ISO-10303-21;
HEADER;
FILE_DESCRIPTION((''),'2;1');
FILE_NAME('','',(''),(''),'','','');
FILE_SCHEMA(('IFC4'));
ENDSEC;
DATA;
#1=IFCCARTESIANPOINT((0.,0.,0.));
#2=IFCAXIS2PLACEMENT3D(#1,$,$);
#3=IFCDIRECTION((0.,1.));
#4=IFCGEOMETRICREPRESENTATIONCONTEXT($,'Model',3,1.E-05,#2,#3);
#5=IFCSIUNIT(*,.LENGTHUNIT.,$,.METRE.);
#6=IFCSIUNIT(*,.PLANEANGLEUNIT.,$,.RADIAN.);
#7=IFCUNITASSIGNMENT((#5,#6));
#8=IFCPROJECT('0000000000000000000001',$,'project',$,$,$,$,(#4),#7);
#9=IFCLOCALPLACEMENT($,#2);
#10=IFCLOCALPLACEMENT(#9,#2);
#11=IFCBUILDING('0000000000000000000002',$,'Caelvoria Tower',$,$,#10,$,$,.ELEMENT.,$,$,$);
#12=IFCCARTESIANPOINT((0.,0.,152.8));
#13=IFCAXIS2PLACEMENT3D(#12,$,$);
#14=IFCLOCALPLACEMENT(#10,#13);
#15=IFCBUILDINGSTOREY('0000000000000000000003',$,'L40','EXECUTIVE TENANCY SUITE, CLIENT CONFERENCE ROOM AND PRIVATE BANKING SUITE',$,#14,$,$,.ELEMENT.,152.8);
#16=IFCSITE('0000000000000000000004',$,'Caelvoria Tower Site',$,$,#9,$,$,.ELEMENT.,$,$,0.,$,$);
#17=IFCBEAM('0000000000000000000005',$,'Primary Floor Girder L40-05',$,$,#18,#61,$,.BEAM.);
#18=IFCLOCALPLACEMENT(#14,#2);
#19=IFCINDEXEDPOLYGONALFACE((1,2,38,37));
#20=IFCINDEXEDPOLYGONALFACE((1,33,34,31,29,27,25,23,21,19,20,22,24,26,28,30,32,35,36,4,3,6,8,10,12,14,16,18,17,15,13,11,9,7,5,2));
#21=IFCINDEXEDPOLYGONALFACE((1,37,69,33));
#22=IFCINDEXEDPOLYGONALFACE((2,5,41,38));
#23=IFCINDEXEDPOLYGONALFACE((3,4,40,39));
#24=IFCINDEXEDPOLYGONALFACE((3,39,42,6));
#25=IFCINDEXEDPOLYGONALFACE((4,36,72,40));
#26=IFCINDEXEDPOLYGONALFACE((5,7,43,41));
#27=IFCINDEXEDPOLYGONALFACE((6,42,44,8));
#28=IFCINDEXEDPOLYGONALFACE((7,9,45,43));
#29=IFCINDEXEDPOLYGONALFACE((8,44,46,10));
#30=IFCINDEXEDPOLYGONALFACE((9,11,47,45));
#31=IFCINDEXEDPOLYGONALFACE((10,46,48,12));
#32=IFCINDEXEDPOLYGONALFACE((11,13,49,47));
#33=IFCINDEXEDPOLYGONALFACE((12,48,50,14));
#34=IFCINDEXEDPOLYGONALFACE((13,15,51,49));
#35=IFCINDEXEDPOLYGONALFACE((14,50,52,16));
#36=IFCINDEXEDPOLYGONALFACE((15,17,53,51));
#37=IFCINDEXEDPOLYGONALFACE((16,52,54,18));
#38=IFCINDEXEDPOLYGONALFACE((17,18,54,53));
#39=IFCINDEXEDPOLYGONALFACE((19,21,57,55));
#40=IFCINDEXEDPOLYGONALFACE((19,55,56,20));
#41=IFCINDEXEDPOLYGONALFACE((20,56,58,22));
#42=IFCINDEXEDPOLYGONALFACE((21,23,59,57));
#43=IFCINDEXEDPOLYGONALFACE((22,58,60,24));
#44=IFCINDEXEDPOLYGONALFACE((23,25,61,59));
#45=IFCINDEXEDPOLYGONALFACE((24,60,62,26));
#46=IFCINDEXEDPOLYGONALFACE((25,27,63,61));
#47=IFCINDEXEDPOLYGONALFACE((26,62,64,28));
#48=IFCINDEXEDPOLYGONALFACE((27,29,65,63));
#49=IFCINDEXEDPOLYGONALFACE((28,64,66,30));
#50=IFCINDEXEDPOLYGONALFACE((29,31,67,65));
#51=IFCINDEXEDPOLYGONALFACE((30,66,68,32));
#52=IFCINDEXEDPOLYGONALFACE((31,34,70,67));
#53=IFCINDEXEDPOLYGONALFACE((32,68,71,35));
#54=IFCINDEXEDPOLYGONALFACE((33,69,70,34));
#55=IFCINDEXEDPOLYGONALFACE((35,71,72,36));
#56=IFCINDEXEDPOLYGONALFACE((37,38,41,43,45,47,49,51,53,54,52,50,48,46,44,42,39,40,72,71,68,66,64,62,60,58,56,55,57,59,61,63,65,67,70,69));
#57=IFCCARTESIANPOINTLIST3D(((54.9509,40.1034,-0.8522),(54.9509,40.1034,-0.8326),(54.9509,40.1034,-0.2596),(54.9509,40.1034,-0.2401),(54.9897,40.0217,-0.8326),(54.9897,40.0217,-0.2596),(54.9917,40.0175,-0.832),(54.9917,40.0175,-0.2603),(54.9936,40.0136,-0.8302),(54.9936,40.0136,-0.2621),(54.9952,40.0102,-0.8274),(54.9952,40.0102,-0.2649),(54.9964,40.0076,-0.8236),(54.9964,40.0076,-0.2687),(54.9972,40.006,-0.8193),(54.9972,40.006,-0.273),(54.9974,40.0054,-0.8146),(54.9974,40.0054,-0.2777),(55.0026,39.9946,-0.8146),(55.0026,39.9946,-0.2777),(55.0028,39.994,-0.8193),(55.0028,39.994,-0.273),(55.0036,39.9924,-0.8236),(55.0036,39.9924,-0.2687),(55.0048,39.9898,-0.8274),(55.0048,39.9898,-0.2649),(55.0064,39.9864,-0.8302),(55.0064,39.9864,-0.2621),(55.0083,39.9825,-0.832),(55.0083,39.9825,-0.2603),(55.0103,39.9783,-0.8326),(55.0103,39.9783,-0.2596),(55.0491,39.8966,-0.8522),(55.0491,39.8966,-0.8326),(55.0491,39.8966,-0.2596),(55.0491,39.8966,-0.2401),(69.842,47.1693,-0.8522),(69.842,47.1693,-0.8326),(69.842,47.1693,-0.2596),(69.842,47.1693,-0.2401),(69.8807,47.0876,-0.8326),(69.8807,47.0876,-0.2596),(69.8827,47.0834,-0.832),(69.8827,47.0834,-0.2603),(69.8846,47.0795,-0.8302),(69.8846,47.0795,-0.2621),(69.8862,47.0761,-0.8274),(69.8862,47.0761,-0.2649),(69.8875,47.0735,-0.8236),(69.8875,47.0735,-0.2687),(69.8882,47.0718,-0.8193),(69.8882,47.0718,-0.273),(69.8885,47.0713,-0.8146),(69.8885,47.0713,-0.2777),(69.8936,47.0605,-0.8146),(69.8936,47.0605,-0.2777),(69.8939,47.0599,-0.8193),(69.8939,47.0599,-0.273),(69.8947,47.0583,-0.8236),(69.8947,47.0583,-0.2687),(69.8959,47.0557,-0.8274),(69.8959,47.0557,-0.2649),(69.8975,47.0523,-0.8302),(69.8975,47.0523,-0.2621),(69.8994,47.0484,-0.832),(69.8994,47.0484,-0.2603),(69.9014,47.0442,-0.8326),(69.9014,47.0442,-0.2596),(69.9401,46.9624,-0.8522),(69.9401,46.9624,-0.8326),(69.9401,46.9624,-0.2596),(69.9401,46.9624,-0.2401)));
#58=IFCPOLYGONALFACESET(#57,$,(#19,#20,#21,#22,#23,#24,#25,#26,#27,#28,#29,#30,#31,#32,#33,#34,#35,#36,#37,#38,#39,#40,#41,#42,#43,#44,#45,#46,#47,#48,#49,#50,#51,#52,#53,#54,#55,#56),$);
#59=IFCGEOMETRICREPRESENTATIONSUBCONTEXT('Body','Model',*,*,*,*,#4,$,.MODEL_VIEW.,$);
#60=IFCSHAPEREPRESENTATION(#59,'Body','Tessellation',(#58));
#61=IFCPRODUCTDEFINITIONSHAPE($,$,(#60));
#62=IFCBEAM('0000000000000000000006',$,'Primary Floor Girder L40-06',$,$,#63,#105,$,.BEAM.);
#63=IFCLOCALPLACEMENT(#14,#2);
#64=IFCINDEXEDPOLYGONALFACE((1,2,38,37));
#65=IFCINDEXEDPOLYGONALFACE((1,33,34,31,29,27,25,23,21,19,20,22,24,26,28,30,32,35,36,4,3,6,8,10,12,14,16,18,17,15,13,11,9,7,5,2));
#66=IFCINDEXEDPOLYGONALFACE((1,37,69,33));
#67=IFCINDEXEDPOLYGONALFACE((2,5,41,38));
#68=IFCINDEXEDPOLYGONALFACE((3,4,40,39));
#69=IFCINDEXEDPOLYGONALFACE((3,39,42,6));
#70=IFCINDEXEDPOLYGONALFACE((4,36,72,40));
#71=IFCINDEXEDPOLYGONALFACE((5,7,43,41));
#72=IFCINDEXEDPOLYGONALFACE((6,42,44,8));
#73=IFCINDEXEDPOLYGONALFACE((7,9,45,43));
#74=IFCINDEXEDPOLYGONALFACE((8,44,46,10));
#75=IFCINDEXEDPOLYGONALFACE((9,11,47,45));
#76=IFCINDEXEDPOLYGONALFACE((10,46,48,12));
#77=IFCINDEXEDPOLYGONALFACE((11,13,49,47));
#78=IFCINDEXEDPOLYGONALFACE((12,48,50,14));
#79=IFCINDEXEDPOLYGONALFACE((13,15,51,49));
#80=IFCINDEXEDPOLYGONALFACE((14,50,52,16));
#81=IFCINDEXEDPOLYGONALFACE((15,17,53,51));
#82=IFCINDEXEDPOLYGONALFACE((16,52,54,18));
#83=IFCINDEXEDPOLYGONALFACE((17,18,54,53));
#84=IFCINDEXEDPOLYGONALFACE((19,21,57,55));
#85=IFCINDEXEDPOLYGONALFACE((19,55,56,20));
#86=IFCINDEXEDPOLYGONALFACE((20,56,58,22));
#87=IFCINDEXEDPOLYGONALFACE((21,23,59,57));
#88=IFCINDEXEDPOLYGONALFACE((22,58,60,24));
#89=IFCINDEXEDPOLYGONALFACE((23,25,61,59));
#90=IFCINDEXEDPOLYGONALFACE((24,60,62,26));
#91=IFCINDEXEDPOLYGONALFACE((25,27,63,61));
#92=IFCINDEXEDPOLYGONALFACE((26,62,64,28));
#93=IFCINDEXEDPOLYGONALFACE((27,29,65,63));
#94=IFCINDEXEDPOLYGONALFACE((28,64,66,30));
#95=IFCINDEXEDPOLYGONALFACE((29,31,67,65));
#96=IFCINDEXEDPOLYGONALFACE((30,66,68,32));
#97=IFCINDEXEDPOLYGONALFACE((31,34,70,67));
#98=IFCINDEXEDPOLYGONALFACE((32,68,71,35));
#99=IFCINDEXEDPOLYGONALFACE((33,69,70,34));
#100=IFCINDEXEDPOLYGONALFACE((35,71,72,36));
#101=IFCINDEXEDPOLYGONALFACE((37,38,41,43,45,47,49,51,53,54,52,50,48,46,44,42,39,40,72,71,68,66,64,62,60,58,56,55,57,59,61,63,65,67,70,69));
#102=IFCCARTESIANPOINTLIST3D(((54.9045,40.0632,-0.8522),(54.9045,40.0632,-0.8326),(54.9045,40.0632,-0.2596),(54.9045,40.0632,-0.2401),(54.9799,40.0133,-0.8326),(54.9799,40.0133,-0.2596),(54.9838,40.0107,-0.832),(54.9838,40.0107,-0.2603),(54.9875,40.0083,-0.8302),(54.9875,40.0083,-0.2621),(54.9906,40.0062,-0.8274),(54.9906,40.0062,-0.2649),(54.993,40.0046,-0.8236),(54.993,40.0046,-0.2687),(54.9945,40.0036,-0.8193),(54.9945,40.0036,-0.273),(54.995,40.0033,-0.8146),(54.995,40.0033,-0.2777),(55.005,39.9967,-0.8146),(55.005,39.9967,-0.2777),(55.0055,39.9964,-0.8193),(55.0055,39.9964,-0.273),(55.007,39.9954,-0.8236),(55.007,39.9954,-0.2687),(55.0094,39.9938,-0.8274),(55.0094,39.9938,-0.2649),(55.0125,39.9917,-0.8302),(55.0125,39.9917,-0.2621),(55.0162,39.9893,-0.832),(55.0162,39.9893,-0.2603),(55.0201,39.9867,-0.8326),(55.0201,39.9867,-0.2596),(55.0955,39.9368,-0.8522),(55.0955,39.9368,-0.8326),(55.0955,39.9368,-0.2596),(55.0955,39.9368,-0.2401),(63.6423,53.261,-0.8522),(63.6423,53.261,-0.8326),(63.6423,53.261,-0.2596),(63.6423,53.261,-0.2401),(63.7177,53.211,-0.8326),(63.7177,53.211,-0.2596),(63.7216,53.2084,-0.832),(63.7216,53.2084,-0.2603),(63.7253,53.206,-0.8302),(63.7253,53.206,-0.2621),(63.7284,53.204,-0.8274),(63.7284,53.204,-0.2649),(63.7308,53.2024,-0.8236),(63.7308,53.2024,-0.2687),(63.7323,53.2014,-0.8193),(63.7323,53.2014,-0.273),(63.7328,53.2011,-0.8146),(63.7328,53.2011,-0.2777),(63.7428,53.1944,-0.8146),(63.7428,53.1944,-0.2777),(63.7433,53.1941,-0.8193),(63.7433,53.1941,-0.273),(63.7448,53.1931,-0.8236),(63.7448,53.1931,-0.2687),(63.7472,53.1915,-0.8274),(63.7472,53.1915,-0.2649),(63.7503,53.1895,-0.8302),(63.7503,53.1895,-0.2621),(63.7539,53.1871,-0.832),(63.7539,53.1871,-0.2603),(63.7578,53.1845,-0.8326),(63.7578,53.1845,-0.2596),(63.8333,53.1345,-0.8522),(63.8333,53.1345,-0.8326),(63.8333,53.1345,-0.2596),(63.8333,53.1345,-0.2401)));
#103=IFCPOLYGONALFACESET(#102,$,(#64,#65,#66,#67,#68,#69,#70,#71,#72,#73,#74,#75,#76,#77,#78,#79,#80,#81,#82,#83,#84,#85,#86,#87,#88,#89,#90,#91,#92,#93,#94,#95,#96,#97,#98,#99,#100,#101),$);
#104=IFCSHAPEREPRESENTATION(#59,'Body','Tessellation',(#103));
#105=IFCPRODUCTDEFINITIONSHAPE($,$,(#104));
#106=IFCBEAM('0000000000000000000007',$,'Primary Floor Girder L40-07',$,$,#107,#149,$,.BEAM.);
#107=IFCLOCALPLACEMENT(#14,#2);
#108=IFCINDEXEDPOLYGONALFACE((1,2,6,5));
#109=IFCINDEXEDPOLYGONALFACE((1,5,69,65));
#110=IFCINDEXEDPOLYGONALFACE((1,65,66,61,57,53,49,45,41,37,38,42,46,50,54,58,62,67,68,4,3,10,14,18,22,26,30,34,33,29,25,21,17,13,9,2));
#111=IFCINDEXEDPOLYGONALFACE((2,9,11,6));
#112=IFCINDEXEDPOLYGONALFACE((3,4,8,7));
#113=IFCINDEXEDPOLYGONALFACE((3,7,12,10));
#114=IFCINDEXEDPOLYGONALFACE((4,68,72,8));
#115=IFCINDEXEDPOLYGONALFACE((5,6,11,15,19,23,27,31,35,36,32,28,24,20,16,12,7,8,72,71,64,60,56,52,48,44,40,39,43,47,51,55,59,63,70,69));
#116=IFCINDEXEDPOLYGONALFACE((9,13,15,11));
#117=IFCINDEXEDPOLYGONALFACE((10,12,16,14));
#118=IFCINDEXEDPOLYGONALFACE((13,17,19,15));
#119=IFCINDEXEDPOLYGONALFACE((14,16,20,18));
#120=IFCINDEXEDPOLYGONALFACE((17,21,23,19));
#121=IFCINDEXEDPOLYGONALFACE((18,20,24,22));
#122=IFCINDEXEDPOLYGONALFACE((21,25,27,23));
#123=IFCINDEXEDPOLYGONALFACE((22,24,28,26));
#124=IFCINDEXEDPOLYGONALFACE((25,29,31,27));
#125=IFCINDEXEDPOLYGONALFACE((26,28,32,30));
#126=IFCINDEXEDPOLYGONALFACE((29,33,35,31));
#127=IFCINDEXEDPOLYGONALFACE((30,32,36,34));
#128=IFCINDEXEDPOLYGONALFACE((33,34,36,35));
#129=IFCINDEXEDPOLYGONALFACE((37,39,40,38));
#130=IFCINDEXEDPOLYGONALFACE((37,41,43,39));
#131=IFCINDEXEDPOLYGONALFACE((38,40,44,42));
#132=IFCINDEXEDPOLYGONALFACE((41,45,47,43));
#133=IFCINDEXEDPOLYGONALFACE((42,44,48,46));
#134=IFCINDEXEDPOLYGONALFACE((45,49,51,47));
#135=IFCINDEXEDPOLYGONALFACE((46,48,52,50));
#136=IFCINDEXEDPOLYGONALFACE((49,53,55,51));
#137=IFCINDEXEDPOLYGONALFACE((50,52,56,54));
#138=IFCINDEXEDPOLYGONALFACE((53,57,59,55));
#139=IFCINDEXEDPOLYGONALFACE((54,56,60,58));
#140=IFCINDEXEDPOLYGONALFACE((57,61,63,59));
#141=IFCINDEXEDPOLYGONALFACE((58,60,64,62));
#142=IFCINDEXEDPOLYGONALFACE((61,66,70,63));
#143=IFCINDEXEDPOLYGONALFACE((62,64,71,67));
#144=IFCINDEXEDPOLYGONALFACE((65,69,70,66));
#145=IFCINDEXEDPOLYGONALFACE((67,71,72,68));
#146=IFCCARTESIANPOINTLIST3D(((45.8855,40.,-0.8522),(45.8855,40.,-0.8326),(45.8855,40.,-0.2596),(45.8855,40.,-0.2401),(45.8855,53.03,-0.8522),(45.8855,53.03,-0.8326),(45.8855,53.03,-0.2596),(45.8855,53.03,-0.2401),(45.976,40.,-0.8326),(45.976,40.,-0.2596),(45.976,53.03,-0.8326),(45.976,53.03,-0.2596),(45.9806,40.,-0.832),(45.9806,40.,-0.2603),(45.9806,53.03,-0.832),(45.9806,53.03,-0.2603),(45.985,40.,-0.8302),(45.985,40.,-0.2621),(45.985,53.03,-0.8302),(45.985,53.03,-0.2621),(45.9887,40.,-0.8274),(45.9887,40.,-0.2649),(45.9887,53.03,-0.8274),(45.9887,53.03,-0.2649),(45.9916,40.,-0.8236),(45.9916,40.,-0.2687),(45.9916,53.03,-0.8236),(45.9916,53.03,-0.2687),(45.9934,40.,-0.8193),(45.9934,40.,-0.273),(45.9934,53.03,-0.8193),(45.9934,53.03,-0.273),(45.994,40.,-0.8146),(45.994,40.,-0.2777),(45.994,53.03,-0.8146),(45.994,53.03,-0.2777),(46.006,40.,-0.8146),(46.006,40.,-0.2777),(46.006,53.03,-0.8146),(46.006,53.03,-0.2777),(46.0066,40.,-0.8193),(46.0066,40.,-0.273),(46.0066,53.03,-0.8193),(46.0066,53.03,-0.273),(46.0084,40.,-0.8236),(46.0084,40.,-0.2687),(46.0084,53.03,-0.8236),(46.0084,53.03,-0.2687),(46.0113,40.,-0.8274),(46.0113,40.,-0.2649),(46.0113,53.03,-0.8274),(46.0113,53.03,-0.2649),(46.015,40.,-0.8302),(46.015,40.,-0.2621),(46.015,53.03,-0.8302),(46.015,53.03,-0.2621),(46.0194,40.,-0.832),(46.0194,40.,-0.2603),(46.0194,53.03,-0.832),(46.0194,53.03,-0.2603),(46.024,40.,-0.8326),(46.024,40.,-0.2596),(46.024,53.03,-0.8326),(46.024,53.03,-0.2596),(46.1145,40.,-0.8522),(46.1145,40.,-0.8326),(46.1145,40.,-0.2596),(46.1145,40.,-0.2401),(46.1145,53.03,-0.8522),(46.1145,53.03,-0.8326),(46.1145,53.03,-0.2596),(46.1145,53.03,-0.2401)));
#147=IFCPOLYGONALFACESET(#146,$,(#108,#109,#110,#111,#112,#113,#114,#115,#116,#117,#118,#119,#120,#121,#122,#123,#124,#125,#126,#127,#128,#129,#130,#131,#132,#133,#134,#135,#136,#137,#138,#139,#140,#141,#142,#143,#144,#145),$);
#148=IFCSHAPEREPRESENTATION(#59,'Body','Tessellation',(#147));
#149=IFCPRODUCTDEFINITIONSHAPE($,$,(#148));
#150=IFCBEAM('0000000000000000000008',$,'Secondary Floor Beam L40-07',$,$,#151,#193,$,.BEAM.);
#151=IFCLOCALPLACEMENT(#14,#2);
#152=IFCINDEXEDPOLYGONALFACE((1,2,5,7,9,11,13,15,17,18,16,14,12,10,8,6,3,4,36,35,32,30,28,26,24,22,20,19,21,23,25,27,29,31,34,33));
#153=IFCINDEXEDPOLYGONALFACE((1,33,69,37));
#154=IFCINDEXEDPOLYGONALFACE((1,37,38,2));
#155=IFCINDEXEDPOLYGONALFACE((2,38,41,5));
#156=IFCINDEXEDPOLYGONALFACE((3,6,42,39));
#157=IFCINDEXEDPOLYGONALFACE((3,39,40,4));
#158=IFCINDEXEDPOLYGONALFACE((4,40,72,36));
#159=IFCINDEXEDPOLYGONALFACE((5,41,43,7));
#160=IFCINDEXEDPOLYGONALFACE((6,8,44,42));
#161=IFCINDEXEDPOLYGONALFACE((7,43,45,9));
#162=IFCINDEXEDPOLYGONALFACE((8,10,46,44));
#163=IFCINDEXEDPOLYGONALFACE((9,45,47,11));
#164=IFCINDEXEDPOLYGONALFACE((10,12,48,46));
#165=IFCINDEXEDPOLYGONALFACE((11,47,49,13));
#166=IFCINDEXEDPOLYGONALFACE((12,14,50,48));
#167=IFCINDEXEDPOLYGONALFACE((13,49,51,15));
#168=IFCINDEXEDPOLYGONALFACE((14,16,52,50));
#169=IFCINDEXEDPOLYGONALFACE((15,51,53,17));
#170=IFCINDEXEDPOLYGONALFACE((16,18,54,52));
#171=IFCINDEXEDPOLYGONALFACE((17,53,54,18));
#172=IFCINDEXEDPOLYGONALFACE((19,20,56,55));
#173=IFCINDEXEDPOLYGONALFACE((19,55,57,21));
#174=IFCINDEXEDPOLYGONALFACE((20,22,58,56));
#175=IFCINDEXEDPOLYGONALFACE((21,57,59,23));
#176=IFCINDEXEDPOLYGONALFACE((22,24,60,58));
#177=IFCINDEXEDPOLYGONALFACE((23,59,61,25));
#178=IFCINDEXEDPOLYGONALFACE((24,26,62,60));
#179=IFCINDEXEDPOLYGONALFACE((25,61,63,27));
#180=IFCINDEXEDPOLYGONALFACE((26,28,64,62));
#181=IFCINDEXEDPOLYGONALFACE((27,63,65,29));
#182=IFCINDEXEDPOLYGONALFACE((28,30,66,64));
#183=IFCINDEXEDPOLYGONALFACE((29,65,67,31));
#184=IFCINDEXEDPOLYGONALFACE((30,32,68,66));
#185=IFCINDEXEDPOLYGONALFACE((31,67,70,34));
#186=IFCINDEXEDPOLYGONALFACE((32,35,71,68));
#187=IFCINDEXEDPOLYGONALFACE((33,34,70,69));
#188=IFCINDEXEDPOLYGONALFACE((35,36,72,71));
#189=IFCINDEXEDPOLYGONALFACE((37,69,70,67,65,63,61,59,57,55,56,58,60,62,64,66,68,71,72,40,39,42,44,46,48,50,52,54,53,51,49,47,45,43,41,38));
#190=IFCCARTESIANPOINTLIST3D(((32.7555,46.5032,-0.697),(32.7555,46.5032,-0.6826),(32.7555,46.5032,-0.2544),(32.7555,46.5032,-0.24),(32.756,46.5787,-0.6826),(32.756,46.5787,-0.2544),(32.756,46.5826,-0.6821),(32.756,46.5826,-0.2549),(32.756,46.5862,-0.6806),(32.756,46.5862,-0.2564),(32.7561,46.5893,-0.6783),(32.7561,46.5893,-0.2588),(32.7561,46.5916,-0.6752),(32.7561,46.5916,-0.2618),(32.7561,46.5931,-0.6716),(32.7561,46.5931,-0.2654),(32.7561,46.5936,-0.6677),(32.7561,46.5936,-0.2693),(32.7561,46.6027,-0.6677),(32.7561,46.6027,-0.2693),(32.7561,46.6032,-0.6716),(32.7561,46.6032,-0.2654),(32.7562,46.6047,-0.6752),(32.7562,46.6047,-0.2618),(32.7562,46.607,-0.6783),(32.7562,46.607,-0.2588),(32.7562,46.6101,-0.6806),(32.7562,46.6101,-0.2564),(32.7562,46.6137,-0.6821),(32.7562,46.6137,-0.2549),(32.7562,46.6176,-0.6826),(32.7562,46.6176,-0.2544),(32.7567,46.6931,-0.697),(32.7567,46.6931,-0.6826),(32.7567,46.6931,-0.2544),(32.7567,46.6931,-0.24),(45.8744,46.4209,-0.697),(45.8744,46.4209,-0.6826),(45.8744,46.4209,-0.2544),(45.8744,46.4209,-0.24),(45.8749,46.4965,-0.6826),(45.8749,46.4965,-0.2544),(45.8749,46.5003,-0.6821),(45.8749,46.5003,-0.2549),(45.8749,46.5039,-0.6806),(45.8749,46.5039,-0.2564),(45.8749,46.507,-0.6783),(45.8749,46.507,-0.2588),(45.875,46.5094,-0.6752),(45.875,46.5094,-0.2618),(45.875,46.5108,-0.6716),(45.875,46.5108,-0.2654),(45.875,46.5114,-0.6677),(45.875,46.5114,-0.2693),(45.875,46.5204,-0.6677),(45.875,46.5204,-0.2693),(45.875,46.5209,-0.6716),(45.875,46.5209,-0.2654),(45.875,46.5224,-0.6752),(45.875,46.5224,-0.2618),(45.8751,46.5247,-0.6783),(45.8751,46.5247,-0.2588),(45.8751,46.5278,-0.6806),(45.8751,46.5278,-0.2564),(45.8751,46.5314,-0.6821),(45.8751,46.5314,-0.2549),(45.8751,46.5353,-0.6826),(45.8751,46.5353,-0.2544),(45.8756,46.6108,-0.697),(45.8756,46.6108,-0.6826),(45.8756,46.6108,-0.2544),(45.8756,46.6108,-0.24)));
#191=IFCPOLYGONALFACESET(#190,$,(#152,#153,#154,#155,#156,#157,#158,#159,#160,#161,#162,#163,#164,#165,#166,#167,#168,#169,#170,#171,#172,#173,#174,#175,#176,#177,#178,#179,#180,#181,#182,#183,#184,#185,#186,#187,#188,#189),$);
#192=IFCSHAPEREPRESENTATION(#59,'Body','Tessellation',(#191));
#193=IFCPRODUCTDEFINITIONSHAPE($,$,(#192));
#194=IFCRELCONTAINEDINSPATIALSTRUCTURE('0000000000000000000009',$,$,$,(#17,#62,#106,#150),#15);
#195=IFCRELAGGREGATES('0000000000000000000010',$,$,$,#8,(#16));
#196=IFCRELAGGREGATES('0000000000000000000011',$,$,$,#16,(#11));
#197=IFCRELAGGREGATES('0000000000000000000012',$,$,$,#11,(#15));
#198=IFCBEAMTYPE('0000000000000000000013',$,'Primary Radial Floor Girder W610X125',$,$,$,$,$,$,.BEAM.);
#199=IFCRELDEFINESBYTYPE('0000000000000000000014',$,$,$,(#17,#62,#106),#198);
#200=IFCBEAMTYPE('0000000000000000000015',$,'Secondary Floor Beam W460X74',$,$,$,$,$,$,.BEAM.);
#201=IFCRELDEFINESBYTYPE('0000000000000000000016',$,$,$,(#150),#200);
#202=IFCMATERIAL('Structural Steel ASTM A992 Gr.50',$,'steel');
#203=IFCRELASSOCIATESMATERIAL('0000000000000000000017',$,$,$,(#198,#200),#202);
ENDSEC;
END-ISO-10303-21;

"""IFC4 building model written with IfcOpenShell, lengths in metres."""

from ifc_helpers import new_model, si_unit, direction, frame, origin, origin_2d, place, context, subcontext, project, spatial, i_section, extrude, material, material_profile, profile_set, type_object, element, save


model = new_model("IFC4")

# Units and contexts
model_context = context("Model", 3, precision=1e-05, world=origin(), true_north=direction((0.0, 1.0)))
body_context = subcontext(model_context, "Body", "Model", "MODEL_VIEW")
ifc_project = project(units=[si_unit("LENGTHUNIT", "METRE"), si_unit("PLANEANGLEUNIT", "RADIAN")], contexts=[model_context])

# Site, building, storey
site_placement = place(None, origin())
site = spatial("IfcSite", under=ifc_project, at=site_placement, Name="Caelvoria Tower Site", CompositionType="ELEMENT", RefElevation=0.0)
building_placement = place(site_placement, origin())
building = spatial("IfcBuilding", under=site, at=building_placement, Name="Caelvoria Tower", CompositionType="ELEMENT")
storey_placement = place(building_placement, frame((0.0, 0.0, 152.8)))
storey = spatial("IfcBuildingStorey", under=building, at=storey_placement, Name="L40", Description="EXECUTIVE TENANCY SUITE, CLIENT CONFERENCE ROOM AND PRIVATE BANKING SUITE", CompositionType="ELEMENT", Elevation=152.8)

# Shared definitions
ifc_material_1 = material(Name="Structural Steel ASTM A992 Gr.50", Category="steel")

# Beams
ifc_material_profile_1 = material_profile(ifc_material_1, i_section(OverallWidth=0.229, OverallDepth=0.6121, WebThickness=0.012, FlangeThickness=0.0195, FilletRadius=0.0181, at=origin_2d()), Name="Structural Steel ASTM A992 Gr.50")
ifc_profile_set_1 = profile_set([ifc_material_profile_1], Name="W610X125 - Structural Steel ASTM A992 Gr.50")
beam_type_1 = type_object("IfcBeamType", Name="Primary Radial Floor Girder W610X125", PredefinedType="BEAM", material=ifc_profile_set_1)
beam_1_placement = place(storey_placement, frame((55.0, 40.0, -0.5461), z_axis=(0.903451, 0.428692, 0.0), x_axis=(-0.428692, 0.903451, 0.0)))
element("IfcBeam", 1, at=beam_1_placement, inside=storey, type_object=beam_type_1, Name="Primary Floor Girder L40-05", PredefinedType="BEAM", context=body_context, shape_type="SweptSolid", body=[
    extrude(i_section(OverallWidth=0.229, OverallDepth=0.6121, WebThickness=0.012, FlangeThickness=0.0195, FilletRadius=0.0181, at=origin_2d()), origin(), (0.0, 0.0, 1.0), 16.4824),
])
beam_2_placement = place(storey_placement, frame((55.0, 40.0, -0.5461), z_axis=(0.552042, 0.833816, 0.0), x_axis=(-0.833816, 0.552042, 0.0)))
element("IfcBeam", 2, at=beam_2_placement, inside=storey, type_object=beam_type_1, Name="Primary Floor Girder L40-06", PredefinedType="BEAM", context=body_context, shape_type="SweptSolid", body=[
    extrude(i_section(OverallWidth=0.229, OverallDepth=0.6121, WebThickness=0.012, FlangeThickness=0.0195, FilletRadius=0.0181, at=origin_2d()), origin(), (0.0, 0.0, 1.0), 15.8281),
])
beam_3_placement = place(storey_placement, frame((46.0, 40.0, -0.5461), z_axis=(0.0, 1.0, 0.0), x_axis=(-1.0, 0.0, 0.0)))
element("IfcBeam", 3, at=beam_3_placement, inside=storey, type_object=beam_type_1, Name="Primary Floor Girder L40-07", PredefinedType="BEAM", context=body_context, shape_type="SweptSolid", body=[
    extrude(i_section(OverallWidth=0.229, OverallDepth=0.6121, WebThickness=0.012, FlangeThickness=0.0195, FilletRadius=0.0181, at=origin_2d()), origin(), (0.0, 0.0, 1.0), 13.03),
])
ifc_material_profile_2 = material_profile(ifc_material_1, i_section(OverallWidth=0.1899, OverallDepth=0.457, WebThickness=0.009, FlangeThickness=0.0144, FilletRadius=0.0149, at=origin_2d()), Name="Structural Steel ASTM A992 Gr.50")
ifc_profile_set_2 = profile_set([ifc_material_profile_2], Name="W460X74 - Structural Steel ASTM A992 Gr.50")
beam_type_2 = type_object("IfcBeamType", Name="Secondary Floor Beam W460X74", PredefinedType="BEAM", material=ifc_profile_set_2)
beam_4_placement = place(storey_placement, frame((45.875, 46.5159, -0.4685), z_axis=(-0.99998, 0.006271, 0.0), x_axis=(-0.006271, -0.99998, 0.0)))
element("IfcBeam", 4, at=beam_4_placement, inside=storey, type_object=beam_type_2, Name="Secondary Floor Beam L40-07", PredefinedType="BEAM", context=body_context, shape_type="SweptSolid", body=[
    extrude(i_section(OverallWidth=0.1899, OverallDepth=0.457, WebThickness=0.009, FlangeThickness=0.0144, FilletRadius=0.0149, at=origin_2d()), origin(), (0.0, 0.0, 1.0), 13.1191),
])

save(model, "model.ifc")
